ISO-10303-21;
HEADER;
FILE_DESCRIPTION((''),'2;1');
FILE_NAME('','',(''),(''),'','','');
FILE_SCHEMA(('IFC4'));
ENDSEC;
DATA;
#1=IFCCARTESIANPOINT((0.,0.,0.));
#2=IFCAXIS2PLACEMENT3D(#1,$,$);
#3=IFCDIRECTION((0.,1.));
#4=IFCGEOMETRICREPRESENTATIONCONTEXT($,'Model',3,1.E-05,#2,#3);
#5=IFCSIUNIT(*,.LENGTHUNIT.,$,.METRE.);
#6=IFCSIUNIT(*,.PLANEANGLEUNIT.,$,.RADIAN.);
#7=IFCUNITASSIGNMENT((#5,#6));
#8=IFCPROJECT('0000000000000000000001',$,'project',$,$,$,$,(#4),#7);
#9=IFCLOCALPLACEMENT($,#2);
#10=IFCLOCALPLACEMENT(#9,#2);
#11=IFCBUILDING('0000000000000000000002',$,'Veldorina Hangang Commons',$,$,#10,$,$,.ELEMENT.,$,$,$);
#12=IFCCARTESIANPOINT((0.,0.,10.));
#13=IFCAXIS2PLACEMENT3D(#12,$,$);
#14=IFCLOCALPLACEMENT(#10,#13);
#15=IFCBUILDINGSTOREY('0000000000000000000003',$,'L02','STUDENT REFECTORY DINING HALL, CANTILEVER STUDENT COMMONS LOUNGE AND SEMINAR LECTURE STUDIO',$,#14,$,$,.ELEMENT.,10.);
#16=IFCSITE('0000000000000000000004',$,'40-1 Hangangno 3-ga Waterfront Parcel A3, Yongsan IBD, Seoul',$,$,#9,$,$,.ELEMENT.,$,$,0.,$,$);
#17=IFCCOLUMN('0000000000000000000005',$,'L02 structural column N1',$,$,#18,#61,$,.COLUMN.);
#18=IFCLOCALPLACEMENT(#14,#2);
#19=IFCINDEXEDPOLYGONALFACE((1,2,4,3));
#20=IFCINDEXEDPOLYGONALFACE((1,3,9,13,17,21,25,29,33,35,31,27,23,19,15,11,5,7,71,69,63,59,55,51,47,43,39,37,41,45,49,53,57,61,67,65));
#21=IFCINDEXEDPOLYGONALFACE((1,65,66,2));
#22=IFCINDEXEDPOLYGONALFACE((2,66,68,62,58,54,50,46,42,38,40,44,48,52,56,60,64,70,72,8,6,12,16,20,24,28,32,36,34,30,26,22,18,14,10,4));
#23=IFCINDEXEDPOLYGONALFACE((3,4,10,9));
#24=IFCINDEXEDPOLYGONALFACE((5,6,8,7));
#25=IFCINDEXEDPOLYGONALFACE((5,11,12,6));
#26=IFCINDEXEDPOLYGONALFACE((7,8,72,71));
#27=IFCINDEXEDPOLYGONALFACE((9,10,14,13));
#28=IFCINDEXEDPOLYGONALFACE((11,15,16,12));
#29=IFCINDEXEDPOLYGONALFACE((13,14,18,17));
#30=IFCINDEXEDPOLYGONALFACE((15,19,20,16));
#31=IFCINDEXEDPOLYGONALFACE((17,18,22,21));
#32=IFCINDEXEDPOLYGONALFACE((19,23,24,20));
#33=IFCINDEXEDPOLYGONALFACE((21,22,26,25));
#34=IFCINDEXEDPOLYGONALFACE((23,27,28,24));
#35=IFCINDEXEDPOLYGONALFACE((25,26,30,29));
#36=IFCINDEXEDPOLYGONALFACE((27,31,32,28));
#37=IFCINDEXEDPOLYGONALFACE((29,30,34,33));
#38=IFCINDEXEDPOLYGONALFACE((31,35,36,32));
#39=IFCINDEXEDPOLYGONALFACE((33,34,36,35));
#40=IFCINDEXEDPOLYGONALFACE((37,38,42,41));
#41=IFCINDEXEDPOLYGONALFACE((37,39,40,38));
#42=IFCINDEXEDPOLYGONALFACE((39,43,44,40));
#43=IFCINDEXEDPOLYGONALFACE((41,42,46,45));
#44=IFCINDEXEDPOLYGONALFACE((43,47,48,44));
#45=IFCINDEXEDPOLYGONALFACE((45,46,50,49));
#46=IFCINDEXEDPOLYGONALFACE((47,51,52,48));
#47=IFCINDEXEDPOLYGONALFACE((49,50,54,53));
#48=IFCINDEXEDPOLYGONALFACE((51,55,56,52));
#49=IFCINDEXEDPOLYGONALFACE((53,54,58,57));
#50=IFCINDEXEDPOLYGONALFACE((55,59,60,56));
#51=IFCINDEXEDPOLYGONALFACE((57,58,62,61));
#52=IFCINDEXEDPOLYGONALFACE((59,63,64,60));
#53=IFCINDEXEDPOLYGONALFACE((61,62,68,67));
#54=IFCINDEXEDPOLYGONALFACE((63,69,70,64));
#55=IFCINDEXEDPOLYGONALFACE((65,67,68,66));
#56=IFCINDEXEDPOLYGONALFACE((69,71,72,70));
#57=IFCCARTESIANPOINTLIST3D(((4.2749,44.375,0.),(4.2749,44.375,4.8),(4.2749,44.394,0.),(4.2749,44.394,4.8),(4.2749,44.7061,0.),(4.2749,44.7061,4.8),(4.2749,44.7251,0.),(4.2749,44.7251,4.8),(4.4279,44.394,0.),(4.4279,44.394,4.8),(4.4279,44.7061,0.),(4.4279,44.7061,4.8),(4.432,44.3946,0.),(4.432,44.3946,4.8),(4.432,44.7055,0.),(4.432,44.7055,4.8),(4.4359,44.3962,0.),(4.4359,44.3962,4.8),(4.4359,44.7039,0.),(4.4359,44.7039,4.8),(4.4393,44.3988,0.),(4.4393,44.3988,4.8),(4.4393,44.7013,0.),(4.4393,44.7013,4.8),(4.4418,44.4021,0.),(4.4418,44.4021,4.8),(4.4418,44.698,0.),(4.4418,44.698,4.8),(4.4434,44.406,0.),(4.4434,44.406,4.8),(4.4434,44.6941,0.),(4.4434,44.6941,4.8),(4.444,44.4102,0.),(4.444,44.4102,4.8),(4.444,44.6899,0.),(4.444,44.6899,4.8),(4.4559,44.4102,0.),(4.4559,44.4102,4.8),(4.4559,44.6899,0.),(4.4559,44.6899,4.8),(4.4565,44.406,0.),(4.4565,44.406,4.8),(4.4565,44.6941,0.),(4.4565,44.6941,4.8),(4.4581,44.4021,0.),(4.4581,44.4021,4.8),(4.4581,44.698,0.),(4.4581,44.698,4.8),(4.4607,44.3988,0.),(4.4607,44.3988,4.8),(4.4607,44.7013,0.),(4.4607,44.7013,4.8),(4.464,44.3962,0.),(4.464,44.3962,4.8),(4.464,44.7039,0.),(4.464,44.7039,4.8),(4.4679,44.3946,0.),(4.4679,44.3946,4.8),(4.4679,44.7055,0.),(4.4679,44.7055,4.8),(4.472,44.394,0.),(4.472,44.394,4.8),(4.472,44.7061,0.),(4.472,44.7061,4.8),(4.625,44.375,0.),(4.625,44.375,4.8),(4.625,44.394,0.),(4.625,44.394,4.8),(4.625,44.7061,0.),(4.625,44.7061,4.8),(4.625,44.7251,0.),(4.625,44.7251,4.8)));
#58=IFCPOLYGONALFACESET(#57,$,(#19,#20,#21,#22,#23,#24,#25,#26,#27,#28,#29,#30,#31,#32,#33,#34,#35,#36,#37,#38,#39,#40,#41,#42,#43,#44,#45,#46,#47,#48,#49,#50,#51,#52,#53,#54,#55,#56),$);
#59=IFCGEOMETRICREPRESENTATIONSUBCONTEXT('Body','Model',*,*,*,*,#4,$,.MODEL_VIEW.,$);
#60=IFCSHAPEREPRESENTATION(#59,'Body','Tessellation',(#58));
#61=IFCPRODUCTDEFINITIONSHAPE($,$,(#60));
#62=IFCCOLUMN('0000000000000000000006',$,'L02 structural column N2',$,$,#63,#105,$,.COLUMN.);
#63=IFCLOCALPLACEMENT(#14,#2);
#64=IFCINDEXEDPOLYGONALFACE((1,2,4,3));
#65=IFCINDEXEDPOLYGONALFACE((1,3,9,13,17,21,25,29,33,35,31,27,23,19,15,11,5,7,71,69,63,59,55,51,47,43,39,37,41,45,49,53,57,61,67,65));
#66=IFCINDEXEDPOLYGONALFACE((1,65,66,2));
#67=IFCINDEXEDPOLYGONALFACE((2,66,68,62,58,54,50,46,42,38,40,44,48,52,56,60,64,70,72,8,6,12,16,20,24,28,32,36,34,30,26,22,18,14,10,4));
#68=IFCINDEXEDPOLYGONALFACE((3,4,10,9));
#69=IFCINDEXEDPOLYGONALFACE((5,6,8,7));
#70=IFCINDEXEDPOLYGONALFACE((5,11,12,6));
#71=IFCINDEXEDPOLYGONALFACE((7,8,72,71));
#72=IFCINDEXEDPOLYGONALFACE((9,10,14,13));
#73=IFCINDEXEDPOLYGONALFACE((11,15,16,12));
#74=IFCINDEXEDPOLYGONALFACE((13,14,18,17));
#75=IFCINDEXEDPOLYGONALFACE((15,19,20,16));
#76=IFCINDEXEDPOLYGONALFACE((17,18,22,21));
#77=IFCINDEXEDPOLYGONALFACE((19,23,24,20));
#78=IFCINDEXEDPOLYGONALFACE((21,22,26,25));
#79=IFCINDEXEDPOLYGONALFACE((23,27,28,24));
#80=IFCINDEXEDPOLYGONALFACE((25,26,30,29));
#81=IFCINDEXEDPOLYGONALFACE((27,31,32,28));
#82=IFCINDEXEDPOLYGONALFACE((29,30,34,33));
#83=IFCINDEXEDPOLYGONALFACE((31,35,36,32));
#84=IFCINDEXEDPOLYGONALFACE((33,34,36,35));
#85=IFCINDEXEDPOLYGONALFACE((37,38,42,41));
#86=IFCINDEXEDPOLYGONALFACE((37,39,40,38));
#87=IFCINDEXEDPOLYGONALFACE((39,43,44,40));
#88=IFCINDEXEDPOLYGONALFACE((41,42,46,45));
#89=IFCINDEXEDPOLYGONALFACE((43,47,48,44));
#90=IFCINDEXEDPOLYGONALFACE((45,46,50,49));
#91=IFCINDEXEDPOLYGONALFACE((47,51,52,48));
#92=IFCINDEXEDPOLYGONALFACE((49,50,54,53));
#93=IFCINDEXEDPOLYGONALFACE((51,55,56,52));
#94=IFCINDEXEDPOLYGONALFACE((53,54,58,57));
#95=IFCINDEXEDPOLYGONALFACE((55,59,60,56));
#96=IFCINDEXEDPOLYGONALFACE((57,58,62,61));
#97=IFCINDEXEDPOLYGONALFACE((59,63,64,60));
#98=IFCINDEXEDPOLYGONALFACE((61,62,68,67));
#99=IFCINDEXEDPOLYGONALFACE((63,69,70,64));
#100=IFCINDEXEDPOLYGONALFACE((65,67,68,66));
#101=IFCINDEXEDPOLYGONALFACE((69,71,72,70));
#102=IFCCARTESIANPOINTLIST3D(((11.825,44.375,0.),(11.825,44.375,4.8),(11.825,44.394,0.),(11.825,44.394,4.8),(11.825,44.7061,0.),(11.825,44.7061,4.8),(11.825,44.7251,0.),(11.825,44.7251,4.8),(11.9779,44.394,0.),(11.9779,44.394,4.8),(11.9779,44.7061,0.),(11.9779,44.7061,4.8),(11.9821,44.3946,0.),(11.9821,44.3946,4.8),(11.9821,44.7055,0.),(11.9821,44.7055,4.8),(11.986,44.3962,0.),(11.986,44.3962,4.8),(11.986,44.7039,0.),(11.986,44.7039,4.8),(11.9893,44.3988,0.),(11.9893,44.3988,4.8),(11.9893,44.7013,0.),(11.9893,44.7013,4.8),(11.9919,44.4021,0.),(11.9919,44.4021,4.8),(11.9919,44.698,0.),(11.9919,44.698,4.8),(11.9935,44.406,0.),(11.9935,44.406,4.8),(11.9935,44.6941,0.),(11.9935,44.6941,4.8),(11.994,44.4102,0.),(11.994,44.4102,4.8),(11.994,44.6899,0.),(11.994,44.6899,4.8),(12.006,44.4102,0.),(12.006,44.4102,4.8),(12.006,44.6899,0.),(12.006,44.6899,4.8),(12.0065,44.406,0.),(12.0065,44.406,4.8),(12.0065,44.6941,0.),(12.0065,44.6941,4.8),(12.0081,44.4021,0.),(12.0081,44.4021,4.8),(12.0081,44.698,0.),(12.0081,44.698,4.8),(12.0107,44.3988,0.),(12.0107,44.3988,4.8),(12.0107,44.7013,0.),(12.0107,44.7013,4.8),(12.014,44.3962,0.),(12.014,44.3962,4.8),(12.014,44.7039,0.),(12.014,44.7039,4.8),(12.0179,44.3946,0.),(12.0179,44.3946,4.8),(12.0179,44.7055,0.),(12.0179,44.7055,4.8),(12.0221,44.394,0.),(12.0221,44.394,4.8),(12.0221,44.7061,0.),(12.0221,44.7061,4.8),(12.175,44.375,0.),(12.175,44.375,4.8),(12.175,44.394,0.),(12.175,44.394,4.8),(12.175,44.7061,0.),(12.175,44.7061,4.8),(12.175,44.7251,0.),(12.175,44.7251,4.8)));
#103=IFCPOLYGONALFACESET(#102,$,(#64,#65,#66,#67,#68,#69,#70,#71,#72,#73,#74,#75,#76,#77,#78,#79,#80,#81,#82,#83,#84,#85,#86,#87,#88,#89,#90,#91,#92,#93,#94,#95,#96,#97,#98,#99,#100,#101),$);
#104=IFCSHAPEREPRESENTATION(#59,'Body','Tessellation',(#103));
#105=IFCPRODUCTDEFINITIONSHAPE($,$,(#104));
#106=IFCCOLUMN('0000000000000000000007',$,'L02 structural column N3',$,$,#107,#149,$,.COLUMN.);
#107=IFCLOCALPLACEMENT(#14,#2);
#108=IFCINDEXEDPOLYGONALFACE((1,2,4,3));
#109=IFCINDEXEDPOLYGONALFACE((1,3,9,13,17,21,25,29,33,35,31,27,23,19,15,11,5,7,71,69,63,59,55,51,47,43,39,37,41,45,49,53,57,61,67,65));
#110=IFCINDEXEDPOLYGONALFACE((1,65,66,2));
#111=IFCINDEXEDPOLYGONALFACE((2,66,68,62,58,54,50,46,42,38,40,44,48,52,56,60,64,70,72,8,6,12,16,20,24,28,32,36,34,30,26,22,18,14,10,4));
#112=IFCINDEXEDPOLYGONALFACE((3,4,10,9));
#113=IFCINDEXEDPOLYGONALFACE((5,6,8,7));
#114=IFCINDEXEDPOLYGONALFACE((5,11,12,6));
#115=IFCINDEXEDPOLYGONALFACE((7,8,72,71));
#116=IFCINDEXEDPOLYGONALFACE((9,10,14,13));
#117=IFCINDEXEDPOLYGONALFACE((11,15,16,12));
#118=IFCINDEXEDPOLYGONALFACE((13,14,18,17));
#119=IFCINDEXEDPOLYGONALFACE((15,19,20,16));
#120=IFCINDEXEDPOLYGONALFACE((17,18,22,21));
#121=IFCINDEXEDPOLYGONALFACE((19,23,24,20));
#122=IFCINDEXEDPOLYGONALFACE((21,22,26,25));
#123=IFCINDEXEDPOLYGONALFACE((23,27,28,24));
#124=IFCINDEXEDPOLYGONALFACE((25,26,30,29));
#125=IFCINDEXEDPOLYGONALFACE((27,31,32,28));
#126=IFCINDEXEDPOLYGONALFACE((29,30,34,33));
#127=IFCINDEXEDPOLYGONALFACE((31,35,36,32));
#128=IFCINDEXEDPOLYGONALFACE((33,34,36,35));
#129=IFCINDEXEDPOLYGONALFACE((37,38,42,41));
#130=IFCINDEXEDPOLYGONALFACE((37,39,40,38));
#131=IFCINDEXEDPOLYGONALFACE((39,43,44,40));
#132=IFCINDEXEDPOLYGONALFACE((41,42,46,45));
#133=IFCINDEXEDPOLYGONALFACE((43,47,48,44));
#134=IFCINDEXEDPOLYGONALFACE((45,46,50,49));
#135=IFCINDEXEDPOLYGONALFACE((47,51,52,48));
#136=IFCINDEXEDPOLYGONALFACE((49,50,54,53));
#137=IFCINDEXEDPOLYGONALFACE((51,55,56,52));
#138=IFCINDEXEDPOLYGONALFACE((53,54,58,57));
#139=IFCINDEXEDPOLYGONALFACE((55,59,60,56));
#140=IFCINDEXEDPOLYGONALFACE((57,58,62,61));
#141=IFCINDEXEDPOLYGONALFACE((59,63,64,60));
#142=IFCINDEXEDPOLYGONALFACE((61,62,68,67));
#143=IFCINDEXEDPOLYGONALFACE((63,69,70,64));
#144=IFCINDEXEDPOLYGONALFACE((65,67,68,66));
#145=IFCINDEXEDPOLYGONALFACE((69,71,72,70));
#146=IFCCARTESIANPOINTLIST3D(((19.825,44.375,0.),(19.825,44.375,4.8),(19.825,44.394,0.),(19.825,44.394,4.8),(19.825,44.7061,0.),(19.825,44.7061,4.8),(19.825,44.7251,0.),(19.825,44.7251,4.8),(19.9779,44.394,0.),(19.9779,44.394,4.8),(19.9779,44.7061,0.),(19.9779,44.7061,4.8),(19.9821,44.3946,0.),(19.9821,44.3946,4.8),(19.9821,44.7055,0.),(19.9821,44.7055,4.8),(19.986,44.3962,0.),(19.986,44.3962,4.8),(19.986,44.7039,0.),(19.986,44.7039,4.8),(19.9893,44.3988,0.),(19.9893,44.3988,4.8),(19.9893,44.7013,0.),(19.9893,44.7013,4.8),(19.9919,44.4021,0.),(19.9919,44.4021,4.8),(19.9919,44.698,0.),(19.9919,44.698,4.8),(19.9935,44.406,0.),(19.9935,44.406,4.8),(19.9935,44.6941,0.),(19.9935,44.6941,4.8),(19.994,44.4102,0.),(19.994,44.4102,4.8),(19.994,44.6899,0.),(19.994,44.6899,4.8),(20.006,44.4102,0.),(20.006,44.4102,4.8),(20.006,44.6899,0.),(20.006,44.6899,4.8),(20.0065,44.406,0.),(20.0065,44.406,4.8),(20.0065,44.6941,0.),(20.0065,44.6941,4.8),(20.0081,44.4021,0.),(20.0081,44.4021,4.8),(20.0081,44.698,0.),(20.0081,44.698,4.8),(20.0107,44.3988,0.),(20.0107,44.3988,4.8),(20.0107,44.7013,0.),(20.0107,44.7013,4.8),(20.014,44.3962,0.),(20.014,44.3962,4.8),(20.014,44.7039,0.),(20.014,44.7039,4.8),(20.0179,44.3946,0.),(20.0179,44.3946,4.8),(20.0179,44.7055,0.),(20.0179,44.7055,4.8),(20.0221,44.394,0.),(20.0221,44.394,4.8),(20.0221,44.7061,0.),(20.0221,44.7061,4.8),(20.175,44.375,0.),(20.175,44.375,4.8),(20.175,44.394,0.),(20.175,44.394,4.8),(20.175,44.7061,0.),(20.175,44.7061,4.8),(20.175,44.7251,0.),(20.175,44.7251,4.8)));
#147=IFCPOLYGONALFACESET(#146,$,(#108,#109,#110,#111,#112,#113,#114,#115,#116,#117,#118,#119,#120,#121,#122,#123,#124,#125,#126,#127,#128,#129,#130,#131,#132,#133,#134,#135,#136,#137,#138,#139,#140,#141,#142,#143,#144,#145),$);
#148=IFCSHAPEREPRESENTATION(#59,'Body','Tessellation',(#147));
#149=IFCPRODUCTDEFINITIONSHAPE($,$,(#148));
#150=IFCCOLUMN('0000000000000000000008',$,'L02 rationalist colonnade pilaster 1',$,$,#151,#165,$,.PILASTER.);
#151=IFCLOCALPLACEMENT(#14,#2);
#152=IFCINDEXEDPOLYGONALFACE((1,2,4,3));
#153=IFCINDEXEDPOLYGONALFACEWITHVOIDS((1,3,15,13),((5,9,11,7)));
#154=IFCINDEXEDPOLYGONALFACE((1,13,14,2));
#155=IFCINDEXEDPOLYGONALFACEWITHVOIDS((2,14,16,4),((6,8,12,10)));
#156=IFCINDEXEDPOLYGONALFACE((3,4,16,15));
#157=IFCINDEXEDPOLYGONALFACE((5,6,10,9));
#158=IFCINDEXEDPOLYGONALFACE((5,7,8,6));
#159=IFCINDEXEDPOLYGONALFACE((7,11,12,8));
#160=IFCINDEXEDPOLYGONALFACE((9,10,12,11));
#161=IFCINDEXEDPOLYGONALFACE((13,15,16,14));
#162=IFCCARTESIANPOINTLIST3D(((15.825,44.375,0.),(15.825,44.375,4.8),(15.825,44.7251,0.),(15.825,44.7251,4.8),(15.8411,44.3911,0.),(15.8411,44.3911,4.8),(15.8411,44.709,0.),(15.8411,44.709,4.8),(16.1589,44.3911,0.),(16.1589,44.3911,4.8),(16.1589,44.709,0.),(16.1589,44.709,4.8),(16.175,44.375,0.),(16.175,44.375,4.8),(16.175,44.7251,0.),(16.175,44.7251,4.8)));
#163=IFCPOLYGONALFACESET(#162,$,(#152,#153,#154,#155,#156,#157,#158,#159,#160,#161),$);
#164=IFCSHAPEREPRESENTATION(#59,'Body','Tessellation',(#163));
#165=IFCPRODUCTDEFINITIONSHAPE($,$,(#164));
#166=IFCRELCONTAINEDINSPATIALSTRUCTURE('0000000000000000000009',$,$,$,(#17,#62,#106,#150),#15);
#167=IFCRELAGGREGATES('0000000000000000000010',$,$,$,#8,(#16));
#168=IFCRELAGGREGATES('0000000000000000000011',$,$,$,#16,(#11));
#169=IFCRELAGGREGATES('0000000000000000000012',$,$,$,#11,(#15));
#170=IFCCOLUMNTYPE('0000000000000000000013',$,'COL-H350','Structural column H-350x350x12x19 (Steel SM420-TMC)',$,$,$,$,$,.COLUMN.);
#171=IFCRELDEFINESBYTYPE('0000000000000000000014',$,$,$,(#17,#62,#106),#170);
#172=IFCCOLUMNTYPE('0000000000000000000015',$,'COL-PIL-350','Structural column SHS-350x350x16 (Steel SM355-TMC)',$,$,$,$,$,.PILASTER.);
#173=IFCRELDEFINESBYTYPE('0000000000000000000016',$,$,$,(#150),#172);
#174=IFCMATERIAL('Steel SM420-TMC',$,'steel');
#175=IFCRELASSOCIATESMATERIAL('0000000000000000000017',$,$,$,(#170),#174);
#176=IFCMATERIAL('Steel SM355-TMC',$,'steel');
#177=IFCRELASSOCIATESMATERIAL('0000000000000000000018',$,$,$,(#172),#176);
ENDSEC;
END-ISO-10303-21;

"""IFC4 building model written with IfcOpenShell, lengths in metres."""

from ifc_helpers import new_model, si_unit, direction, frame, origin, origin_2d, place, context, subcontext, project, spatial, hollow_rectangle, i_section, extrude, material, material_profile, profile_set, type_object, element, save


model = new_model("IFC4")

# Units and contexts
model_context = context("Model", 3, precision=1e-05, world=origin(), true_north=direction((0.0, 1.0)))
body_context = subcontext(model_context, "Body", "Model", "MODEL_VIEW")
ifc_project = project(units=[si_unit("LENGTHUNIT", "METRE"), si_unit("PLANEANGLEUNIT", "RADIAN")], contexts=[model_context])

# Site, building, storey
site_placement = place(None, origin())
site = spatial("IfcSite", under=ifc_project, at=site_placement, Name="40-1 Hangangno 3-ga Waterfront Parcel A3, Yongsan IBD, Seoul", CompositionType="ELEMENT", RefElevation=0.0)
building_placement = place(site_placement, origin())
building = spatial("IfcBuilding", under=site, at=building_placement, Name="Veldorina Hangang Commons", CompositionType="ELEMENT")
storey_placement = place(building_placement, frame((0.0, 0.0, 10.0)))
storey = spatial("IfcBuildingStorey", under=building, at=storey_placement, Name="L02", Description="STUDENT REFECTORY DINING HALL, CANTILEVER STUDENT COMMONS LOUNGE AND SEMINAR LECTURE STUDIO", CompositionType="ELEMENT", Elevation=10.0)

# Columns
ifc_material_1 = material(Name="Steel SM420-TMC", Category="steel")
ifc_material_profile_1 = material_profile(ifc_material_1, i_section(OverallWidth=0.3501, OverallDepth=0.3501, WebThickness=0.012, FlangeThickness=0.019, FilletRadius=0.0161, at=origin_2d()), Name="H-350x350x12x19")
ifc_profile_set_1 = profile_set([ifc_material_profile_1], Name="Steel SM420-TMC")
column_type_1 = type_object("IfcColumnType", Name="COL-H350", Description="Structural column H-350x350x12x19 (Steel SM420-TMC)", PredefinedType="COLUMN", material=ifc_profile_set_1)
for number, where, z_axis, x_axis, name in (
    (1, (4.45, 44.55, 0.0), (0.0, 0.0, 1.0), (1.0, 0.0, 0.0), "L02 structural column N1"),
    (2, (12.0, 44.55, 0.0), (0.0, 0.0, 1.0), (1.0, 0.0, 0.0), "L02 structural column N2"),
    (3, (20.0, 44.55, 0.0), (0.0, 0.0, 1.0), (1.0, 0.0, 0.0), "L02 structural column N3"),
):
    element("IfcColumn", number, at=place(storey_placement, frame(where, z_axis=z_axis, x_axis=x_axis)), inside=storey, type_object=column_type_1, Name=name, PredefinedType="COLUMN", context=body_context, shape_type="SweptSolid", body=[
        extrude(i_section(OverallWidth=0.3501, OverallDepth=0.3501, WebThickness=0.012, FlangeThickness=0.019, FilletRadius=0.0161, at=origin_2d()), origin(), (0.0, 0.0, 1.0), 4.8),
    ])
ifc_material_2 = material(Name="Steel SM355-TMC", Category="steel")
ifc_material_profile_2 = material_profile(ifc_material_2, hollow_rectangle(XDim=0.3501, YDim=0.3501, WallThickness=0.0161, at=origin_2d()), Name="SHS-350x350x16")
ifc_profile_set_2 = profile_set([ifc_material_profile_2], Name="Steel SM355-TMC")
column_type_2 = type_object("IfcColumnType", Name="COL-PIL-350", Description="Structural column SHS-350x350x16 (Steel SM355-TMC)", PredefinedType="PILASTER", material=ifc_profile_set_2)
column_placement = place(storey_placement, frame((16.0, 44.55, 0.0), z_axis=(0.0, 0.0, 1.0), x_axis=(1.0, 0.0, 0.0)))
element("IfcColumn", 4, at=column_placement, inside=storey, type_object=column_type_2, Name="L02 rationalist colonnade pilaster 1", PredefinedType="PILASTER", context=body_context, shape_type="SweptSolid", body=[
    extrude(hollow_rectangle(XDim=0.3501, YDim=0.3501, WallThickness=0.0161, at=origin_2d()), origin(), (0.0, 0.0, 1.0), 4.8),
])

save(model, "model.ifc")
